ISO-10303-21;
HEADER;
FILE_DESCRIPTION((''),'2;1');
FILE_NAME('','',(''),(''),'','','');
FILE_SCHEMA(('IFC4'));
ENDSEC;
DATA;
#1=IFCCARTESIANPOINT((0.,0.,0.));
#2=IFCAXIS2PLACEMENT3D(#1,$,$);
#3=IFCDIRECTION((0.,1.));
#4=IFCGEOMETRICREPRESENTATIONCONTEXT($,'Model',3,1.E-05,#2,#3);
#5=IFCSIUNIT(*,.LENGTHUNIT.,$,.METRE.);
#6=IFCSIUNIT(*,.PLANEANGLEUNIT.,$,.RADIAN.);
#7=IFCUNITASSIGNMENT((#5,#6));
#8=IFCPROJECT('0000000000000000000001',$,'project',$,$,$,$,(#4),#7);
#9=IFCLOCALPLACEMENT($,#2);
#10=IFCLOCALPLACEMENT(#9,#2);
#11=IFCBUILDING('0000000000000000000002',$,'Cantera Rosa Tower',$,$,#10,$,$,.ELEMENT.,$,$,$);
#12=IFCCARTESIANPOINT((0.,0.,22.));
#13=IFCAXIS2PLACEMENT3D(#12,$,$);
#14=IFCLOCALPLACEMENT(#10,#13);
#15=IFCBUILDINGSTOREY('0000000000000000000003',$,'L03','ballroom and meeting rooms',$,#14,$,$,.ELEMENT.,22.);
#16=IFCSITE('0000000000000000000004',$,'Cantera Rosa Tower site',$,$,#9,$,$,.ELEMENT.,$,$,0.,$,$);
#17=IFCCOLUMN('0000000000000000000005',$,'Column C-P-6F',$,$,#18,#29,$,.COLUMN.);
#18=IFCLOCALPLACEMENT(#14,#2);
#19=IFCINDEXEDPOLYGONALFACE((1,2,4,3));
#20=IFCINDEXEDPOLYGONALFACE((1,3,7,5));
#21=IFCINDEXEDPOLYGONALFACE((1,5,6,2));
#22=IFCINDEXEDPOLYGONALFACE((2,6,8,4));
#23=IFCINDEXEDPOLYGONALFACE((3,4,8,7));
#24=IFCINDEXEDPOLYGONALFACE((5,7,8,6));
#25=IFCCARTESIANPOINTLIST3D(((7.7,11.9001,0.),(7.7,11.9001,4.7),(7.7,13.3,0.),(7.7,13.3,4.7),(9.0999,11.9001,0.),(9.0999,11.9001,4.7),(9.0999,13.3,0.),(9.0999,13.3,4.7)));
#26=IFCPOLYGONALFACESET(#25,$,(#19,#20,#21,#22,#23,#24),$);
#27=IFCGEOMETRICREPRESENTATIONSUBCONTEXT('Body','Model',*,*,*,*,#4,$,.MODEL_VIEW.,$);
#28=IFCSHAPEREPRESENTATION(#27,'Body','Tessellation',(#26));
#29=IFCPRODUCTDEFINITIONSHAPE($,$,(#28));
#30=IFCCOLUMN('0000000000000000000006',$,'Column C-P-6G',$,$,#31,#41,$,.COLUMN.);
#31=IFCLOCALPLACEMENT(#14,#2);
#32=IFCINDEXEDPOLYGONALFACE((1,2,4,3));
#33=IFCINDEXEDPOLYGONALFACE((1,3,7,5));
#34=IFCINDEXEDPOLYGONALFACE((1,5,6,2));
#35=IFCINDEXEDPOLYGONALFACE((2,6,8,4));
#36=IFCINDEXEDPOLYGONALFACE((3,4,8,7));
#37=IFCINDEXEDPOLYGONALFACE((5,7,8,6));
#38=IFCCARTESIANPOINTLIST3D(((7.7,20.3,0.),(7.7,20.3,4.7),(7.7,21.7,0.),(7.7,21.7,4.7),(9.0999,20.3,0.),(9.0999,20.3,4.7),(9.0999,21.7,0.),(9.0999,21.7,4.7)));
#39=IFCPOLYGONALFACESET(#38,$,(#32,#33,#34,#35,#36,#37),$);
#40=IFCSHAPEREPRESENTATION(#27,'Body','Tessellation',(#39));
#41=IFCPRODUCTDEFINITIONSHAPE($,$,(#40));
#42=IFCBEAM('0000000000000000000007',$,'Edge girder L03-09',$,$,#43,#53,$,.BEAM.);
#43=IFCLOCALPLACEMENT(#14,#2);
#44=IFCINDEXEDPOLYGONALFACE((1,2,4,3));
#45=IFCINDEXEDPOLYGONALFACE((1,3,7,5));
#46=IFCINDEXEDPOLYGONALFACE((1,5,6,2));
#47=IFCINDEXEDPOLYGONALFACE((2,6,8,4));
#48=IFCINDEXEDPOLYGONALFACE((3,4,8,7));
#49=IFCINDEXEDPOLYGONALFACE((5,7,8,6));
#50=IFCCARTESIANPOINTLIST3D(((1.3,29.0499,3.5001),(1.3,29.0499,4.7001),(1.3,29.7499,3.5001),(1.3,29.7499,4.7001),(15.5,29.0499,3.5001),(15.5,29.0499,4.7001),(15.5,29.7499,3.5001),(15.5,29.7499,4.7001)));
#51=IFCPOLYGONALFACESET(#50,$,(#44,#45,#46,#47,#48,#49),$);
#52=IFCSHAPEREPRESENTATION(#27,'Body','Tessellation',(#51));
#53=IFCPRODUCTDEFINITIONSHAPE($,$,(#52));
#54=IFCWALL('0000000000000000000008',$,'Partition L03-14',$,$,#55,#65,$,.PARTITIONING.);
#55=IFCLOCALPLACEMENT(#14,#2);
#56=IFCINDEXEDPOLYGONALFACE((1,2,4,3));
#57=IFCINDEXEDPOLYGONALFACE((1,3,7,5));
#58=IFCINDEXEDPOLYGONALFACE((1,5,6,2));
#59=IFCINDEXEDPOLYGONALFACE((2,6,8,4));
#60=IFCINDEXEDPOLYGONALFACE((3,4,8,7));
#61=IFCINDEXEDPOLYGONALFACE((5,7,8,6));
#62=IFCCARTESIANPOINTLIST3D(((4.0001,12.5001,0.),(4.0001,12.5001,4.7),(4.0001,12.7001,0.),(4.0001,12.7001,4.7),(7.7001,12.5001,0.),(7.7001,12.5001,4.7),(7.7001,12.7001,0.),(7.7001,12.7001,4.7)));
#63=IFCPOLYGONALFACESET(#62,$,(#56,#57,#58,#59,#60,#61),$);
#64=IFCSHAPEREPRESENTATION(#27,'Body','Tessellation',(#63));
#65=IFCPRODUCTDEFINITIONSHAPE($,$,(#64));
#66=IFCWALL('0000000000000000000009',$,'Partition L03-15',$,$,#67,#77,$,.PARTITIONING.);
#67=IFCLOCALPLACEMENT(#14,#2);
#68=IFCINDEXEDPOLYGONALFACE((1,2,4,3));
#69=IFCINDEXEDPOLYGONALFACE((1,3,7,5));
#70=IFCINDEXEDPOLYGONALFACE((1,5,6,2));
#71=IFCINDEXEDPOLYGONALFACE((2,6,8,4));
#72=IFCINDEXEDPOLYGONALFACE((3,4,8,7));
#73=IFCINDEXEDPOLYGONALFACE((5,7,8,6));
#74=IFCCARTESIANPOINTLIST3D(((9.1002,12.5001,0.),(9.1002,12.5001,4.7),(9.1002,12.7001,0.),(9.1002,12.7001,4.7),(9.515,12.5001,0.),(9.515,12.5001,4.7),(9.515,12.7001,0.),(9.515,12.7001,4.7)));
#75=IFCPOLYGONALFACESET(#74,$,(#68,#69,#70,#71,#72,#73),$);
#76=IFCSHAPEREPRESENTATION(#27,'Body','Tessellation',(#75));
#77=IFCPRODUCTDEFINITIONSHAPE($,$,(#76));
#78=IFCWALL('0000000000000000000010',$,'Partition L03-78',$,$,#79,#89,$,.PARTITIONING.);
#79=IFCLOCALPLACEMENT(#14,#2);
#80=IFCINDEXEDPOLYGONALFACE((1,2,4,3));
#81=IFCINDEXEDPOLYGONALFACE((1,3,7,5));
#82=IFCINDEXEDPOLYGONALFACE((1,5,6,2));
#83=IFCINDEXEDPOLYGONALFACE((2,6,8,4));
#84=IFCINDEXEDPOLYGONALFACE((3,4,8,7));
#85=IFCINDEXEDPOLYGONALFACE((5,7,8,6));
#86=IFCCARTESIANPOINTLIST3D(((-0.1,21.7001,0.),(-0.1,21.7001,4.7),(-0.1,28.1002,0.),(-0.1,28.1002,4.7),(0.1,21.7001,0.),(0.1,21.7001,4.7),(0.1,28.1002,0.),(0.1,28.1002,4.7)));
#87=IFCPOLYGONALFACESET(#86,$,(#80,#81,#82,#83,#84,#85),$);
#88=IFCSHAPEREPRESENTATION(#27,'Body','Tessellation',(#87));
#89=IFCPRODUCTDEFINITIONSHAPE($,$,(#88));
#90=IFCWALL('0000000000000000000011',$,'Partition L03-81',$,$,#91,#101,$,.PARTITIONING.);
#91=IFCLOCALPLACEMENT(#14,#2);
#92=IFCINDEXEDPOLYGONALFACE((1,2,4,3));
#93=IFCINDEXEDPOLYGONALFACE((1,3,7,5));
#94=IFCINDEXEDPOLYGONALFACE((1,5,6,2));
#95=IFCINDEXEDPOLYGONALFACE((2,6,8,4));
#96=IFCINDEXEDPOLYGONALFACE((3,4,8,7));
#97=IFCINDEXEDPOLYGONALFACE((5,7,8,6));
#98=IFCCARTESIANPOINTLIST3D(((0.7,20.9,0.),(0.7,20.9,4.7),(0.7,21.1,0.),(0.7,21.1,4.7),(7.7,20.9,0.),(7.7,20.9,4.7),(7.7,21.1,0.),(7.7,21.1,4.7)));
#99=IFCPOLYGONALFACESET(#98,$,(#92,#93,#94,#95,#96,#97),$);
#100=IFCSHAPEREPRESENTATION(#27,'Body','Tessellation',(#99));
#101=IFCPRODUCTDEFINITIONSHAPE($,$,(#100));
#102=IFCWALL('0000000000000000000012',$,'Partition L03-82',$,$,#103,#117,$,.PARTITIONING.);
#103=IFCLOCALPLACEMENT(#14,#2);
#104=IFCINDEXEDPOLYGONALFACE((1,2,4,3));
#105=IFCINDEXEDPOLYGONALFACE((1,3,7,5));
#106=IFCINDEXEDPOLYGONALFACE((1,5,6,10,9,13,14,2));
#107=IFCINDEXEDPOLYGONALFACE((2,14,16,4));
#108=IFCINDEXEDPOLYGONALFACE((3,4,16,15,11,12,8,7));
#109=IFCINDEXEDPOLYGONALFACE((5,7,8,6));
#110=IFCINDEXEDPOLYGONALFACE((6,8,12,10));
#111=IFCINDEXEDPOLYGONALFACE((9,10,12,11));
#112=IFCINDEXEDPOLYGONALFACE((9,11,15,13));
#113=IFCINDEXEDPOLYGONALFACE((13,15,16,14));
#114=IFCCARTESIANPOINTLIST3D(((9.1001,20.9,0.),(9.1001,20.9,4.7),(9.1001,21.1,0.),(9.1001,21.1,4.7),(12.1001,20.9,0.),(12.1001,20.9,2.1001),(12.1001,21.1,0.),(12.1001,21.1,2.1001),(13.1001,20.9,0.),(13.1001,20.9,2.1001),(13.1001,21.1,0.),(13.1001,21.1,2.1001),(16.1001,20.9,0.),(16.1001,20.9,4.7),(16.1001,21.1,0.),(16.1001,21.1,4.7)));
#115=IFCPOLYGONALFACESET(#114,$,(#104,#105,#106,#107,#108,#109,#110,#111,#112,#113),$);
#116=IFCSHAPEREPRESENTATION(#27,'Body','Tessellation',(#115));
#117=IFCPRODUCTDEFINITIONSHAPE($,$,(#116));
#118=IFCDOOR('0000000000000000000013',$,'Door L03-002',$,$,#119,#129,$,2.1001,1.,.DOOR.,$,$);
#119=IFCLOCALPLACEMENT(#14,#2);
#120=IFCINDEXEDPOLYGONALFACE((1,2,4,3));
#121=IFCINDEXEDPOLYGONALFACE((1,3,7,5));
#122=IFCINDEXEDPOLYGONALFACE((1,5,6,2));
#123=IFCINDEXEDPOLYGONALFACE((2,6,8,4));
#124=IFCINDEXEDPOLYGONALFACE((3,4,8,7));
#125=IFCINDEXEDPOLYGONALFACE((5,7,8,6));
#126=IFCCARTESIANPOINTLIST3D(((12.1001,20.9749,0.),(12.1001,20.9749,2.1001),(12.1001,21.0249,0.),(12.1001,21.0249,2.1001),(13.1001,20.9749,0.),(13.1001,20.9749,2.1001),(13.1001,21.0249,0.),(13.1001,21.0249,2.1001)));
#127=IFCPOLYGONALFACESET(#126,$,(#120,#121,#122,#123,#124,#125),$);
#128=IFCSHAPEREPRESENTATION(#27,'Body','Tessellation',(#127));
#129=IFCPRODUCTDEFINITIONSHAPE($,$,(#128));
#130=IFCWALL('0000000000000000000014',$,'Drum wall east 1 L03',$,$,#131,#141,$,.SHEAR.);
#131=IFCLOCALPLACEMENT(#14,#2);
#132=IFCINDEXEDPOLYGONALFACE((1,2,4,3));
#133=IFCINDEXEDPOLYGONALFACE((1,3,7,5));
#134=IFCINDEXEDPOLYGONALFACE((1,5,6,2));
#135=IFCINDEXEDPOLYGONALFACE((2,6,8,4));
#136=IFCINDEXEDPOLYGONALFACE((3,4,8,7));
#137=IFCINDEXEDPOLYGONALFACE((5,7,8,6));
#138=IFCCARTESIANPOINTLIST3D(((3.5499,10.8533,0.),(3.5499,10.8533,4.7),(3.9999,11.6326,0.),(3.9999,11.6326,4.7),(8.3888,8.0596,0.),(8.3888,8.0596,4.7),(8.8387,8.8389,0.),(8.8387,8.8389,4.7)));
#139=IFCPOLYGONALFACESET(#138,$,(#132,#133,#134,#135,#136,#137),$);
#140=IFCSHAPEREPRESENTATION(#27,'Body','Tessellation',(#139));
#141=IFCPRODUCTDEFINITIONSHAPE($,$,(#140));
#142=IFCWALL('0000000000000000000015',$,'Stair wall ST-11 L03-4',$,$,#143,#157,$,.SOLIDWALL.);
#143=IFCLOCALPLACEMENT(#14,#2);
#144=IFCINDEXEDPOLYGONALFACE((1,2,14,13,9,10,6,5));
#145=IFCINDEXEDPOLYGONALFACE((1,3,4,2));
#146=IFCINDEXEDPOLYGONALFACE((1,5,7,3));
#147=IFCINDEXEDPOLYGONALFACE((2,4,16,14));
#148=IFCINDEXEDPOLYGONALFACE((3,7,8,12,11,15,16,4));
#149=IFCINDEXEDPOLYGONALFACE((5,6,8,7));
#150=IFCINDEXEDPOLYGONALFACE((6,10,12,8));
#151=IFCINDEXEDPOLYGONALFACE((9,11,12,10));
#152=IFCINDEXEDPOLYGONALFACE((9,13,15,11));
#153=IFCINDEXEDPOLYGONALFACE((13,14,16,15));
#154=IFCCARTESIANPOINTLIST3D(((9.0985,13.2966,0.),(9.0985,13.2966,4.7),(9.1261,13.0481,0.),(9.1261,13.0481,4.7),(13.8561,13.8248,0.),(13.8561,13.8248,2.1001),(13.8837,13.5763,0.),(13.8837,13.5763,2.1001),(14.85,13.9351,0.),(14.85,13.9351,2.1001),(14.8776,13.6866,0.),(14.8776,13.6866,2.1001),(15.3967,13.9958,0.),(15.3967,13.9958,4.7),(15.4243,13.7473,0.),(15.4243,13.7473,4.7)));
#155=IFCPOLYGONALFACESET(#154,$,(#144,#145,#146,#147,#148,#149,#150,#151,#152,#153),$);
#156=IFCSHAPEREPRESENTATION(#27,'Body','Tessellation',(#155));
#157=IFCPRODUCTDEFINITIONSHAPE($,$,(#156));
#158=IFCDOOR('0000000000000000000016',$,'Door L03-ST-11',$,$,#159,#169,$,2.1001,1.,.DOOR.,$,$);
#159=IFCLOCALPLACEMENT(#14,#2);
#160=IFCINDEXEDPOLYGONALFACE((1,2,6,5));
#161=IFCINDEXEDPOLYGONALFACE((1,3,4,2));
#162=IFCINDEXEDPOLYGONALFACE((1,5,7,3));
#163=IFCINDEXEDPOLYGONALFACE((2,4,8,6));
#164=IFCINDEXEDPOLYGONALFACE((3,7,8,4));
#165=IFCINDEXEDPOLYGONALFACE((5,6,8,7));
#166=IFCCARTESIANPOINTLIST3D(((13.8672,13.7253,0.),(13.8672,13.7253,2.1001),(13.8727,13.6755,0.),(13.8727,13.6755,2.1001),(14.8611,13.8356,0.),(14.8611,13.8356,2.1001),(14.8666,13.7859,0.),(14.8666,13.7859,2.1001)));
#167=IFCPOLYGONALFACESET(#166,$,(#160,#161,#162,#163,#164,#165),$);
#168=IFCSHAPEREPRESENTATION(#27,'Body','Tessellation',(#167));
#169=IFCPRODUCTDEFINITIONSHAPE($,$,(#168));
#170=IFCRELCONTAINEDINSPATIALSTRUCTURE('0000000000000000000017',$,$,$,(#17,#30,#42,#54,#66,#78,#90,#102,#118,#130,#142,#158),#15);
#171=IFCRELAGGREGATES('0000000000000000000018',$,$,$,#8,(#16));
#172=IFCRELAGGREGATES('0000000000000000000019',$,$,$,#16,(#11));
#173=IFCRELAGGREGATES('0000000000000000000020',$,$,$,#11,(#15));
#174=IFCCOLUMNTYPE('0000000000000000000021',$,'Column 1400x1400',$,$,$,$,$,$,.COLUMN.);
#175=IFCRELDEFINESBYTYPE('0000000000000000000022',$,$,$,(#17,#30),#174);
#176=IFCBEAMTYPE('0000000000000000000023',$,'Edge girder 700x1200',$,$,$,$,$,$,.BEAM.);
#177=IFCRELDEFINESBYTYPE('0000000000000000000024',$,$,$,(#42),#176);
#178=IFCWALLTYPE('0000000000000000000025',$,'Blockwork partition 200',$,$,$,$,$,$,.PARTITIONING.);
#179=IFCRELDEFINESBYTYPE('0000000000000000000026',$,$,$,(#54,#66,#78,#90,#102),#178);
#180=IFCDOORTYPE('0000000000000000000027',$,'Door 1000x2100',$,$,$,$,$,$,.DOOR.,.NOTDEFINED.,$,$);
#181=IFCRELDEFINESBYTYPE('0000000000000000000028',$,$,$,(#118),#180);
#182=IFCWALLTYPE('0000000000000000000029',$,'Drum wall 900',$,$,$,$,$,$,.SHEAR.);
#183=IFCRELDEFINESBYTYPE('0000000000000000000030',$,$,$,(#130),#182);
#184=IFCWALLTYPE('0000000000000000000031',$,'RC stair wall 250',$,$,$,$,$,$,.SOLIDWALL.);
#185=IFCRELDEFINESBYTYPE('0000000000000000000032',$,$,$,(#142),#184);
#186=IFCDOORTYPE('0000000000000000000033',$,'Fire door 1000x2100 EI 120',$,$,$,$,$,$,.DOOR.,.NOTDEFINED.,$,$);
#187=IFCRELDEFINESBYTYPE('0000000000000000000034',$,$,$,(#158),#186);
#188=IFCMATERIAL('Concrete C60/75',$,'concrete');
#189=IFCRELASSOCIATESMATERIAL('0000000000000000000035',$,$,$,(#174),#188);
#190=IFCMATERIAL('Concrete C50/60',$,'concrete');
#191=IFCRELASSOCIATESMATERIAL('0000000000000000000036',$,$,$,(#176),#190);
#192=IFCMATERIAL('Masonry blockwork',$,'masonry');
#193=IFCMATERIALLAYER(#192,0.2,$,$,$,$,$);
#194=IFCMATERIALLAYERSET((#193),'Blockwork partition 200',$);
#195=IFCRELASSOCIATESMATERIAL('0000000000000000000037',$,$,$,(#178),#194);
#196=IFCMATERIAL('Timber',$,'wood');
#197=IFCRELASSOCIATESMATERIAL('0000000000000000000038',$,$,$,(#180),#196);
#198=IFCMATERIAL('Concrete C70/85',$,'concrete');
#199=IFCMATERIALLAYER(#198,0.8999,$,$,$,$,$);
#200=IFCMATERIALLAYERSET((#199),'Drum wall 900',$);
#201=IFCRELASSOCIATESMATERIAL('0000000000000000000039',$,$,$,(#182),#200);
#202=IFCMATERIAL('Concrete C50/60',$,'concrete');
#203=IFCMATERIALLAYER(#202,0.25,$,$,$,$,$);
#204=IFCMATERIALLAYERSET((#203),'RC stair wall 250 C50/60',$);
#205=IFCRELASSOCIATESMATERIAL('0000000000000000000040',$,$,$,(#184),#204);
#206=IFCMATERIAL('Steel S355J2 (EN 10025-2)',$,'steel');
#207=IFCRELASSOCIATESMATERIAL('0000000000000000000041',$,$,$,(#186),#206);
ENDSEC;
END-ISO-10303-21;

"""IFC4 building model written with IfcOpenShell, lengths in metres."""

from ifc_helpers import new_model, si_unit, direction, frame, frame_2d, origin, origin_2d, place, context, subcontext, project, spatial, rectangle, extrude, material, layer, layer_set, material_profile, profile_set, type_object, element, fill, save


model = new_model("IFC4")

# Units and contexts
model_context = context("Model", 3, precision=1e-05, world=origin(), true_north=direction((0.0, 1.0)))
body_context = subcontext(model_context, "Body", "Model", "MODEL_VIEW")
ifc_project = project(units=[si_unit("LENGTHUNIT", "METRE"), si_unit("PLANEANGLEUNIT", "RADIAN")], contexts=[model_context])

# Site, building, storey
site_placement = place(None, origin())
site = spatial("IfcSite", under=ifc_project, at=site_placement, Name="Cantera Rosa Tower site", CompositionType="ELEMENT", RefElevation=0.0)
building_placement = place(site_placement, origin())
building = spatial("IfcBuilding", under=site, at=building_placement, Name="Cantera Rosa Tower", CompositionType="ELEMENT")
storey_placement = place(building_placement, frame((0.0, 0.0, 22.0)))
storey = spatial("IfcBuildingStorey", under=building, at=storey_placement, Name="L03", Description="ballroom and meeting rooms", CompositionType="ELEMENT", Elevation=22.0)

# Columns
ifc_material_1 = material(Name="Concrete C60/75", Category="concrete")
ifc_material_profile_1 = material_profile(ifc_material_1, rectangle(XDim=1.3999, YDim=1.3999, at=origin_2d()), Name="Column 1400x1400")
ifc_profile_set_1 = profile_set([ifc_material_profile_1], Name="Concrete C60/75")
column_type = type_object("IfcColumnType", Name="Column 1400x1400", PredefinedType="COLUMN", material=ifc_profile_set_1)
for number, where, z_axis, x_axis, name in (
    (1, (8.3999, 12.6001, 0.0), (0.0, 0.0, 1.0), (1.0, 0.0, 0.0), "Column C-P-6F"),
    (2, (8.3999, 21.0, 0.0), (0.0, 0.0, 1.0), (1.0, 0.0, 0.0), "Column C-P-6G"),
):
    element("IfcColumn", number, at=place(storey_placement, frame(where, z_axis=z_axis, x_axis=x_axis)), inside=storey, type_object=column_type, Name=name, PredefinedType="COLUMN", context=body_context, shape_type="SweptSolid", body=[
        extrude(rectangle(XDim=1.3999, YDim=1.3999, at=origin_2d()), origin(), (0.0, 0.0, 1.0), 4.7),
    ])

# Beam
ifc_material_2 = material(Name="Concrete C50/60", Category="concrete")
ifc_material_profile_2 = material_profile(ifc_material_2, rectangle(XDim=0.7, YDim=1.2, at=origin_2d()), Name="Edge girder 700x1200")
ifc_profile_set_2 = profile_set([ifc_material_profile_2], Name="Concrete C50/60")
beam_type = type_object("IfcBeamType", Name="Edge girder 700x1200", PredefinedType="BEAM", material=ifc_profile_set_2)
beam_placement = place(storey_placement, frame((1.3, 29.3999, 4.1001), z_axis=(1.0, 0.0, 0.0), x_axis=(0.0, 1.0, 0.0)))
element("IfcBeam", 3, at=beam_placement, inside=storey, type_object=beam_type, Name="Edge girder L03-09", PredefinedType="BEAM", context=body_context, shape_type="SweptSolid", body=[
    extrude(rectangle(XDim=0.7, YDim=1.2, at=origin_2d()), origin(), (0.0, 0.0, 1.0), 14.2),
])

# Walls
ifc_material_3 = material(Name="Masonry blockwork", Category="masonry")
ifc_layer_1 = layer(ifc_material_3, 0.2)
ifc_layer_set_1 = layer_set([ifc_layer_1], Name="Blockwork partition 200")
wall_type_1 = type_object("IfcWallType", Name="Blockwork partition 200", PredefinedType="PARTITIONING", material=ifc_layer_set_1)
wall_1_placement = place(storey_placement, frame((4.0, 12.6001, 0.0), z_axis=(0.0, 0.0, 1.0), x_axis=(1.0, 0.0, 0.0)))
element("IfcWall", 4, at=wall_1_placement, inside=storey, type_object=wall_type_1, Name="Partition L03-14", PredefinedType="PARTITIONING", context=body_context, shape_type="SweptSolid", body=[
    extrude(rectangle(XDim=3.7, YDim=0.2, at=frame_2d((1.8501, 0.0))), origin(), (0.0, 0.0, 1.0), 4.7),
])
wall_2_placement = place(storey_placement, frame((9.1001, 12.6001, 0.0), z_axis=(0.0, 0.0, 1.0), x_axis=(1.0, 0.0, 0.0)))
element("IfcWall", 5, at=wall_2_placement, inside=storey, type_object=wall_type_1, Name="Partition L03-15", PredefinedType="PARTITIONING", context=body_context, shape_type="SweptSolid", body=[
    extrude(rectangle(XDim=0.4148, YDim=0.2, at=frame_2d((0.2075, 0.0))), origin(), (0.0, 0.0, 1.0), 4.7),
])
wall_3_placement = place(storey_placement, frame((0.0, 21.7, 0.0), z_axis=(0.0, 0.0, 1.0), x_axis=(0.0, 1.0, 0.0)))
element("IfcWall", 6, at=wall_3_placement, inside=storey, type_object=wall_type_1, Name="Partition L03-78", PredefinedType="PARTITIONING", context=body_context, shape_type="SweptSolid", body=[
    extrude(rectangle(XDim=6.4001, YDim=0.2, at=frame_2d((3.2002, 0.0))), origin(), (0.0, 0.0, 1.0), 4.7),
])
wall_4_placement = place(storey_placement, frame((0.7, 21.0, 0.0), z_axis=(0.0, 0.0, 1.0), x_axis=(1.0, 0.0, 0.0)))
element("IfcWall", 7, at=wall_4_placement, inside=storey, type_object=wall_type_1, Name="Partition L03-81", PredefinedType="PARTITIONING", context=body_context, shape_type="SweptSolid", body=[
    extrude(rectangle(XDim=7.0, YDim=0.2, at=frame_2d((3.5, 0.0))), origin(), (0.0, 0.0, 1.0), 4.7),
])

# Wall, opening, door
wall_5_placement = place(storey_placement, frame((9.1001, 21.0, 0.0), z_axis=(0.0, 0.0, 1.0), x_axis=(1.0, 0.0, 0.0)))
wall_5 = element("IfcWall", 8, at=wall_5_placement, inside=storey, type_object=wall_type_1, Name="Partition L03-82", PredefinedType="PARTITIONING", context=body_context, shape_type="SweptSolid", body=[
    extrude(rectangle(XDim=7.0, YDim=0.2, at=frame_2d((3.5, 0.0))), origin(), (0.0, 0.0, 1.0), 4.7),
])
opening_1_placement = place(wall_5_placement, frame((3.0, 0.0, 0.0)))
opening_1 = element("IfcOpeningElement", 9, at=opening_1_placement, cuts=wall_5, PredefinedType="OPENING", context=body_context, shape_type="SweptSolid", body=[
    extrude(rectangle(XDim=1.0, YDim=2.1001, at=frame_2d((0.5, 1.05))), frame((0.0, 0.1099, 0.0), z_axis=(0.0, -1.0, 0.0), x_axis=(1.0, 0.0, 0.0)), (0.0, 0.0, 1.0), 0.22),
])
ifc_material_4 = material(Name="Timber", Category="wood")
door_type_1 = type_object("IfcDoorType", Name="Door 1000x2100", OperationType="NOTDEFINED", PredefinedType="DOOR", material=ifc_material_4)
door_1_placement = place(opening_1_placement, origin())
door_1 = element("IfcDoor", 10, at=door_1_placement, inside=storey, type_object=door_type_1, Name="Door L03-002", OverallHeight=2.1001, OverallWidth=1.0, PredefinedType="DOOR", context=body_context, shape_type="SweptSolid", body=[
    extrude(rectangle(XDim=1.0, YDim=2.1001, at=frame_2d((0.5, 1.05))), frame((0.0, 0.0249, 0.0), z_axis=(0.0, -1.0, 0.0), x_axis=(1.0, 0.0, 0.0)), (0.0, 0.0, 1.0), 0.05),
])
fill(opening_1, door_1)

# Wall
ifc_material_5 = material(Name="Concrete C70/85", Category="concrete")
ifc_layer_2 = layer(ifc_material_5, 0.8999)
ifc_layer_set_2 = layer_set([ifc_layer_2], Name="Drum wall 900")
wall_type_2 = type_object("IfcWallType", Name="Drum wall 900", PredefinedType="SHEAR", material=ifc_layer_set_2)
wall_6_placement = place(storey_placement, frame((3.7749, 11.2429, 0.0), z_axis=(0.0, 0.0, 1.0), x_axis=(0.866027, -0.499997, 0.0)))
element("IfcWall", 11, at=wall_6_placement, inside=storey, type_object=wall_type_2, Name="Drum wall east 1 L03", PredefinedType="SHEAR", context=body_context, shape_type="SweptSolid", body=[
    extrude(rectangle(XDim=5.5874, YDim=0.8999, at=frame_2d((2.7937, 0.0))), origin(), (0.0, 0.0, 1.0), 4.7),
])

# Wall, opening, door
ifc_material_6 = material(Name="Concrete C50/60", Category="concrete")
ifc_layer_3 = layer(ifc_material_6, 0.25)
ifc_layer_set_3 = layer_set([ifc_layer_3], Name="RC stair wall 250 C50/60")
wall_type_3 = type_object("IfcWallType", Name="RC stair wall 250", PredefinedType="SOLIDWALL", material=ifc_layer_set_3)
wall_7_placement = place(storey_placement, frame((9.1123, 13.1724, 0.0), z_axis=(0.0, 0.0, 1.0), x_axis=(0.993894, 0.110338, 0.0)))
wall_7 = element("IfcWall", 12, at=wall_7_placement, inside=storey, type_object=wall_type_3, Name="Stair wall ST-11 L03-4", PredefinedType="SOLIDWALL", context=body_context, shape_type="SweptSolid", body=[
    extrude(rectangle(XDim=6.3369, YDim=0.25, at=frame_2d((3.1685, 0.0))), origin(), (0.0, 0.0, 1.0), 4.7),
])
opening_2_placement = place(wall_7_placement, frame((4.7869, 0.0, 0.0)))
opening_2 = element("IfcOpeningElement", 13, at=opening_2_placement, cuts=wall_7, PredefinedType="OPENING", context=body_context, shape_type="SweptSolid", body=[
    extrude(rectangle(XDim=1.0, YDim=2.1001, at=frame_2d((0.5, 1.05))), frame((0.0, 0.135, 0.0), z_axis=(0.0, -1.0, 0.0), x_axis=(1.0, 0.0, 0.0)), (0.0, 0.0, 1.0), 0.27),
])
ifc_material_7 = material(Name="Steel S355J2 (EN 10025-2)", Category="steel")
door_type_2 = type_object("IfcDoorType", Name="Fire door 1000x2100 EI 120", OperationType="NOTDEFINED", PredefinedType="DOOR", material=ifc_material_7)
door_2_placement = place(opening_2_placement, origin())
door_2 = element("IfcDoor", 14, at=door_2_placement, inside=storey, type_object=door_type_2, Name="Door L03-ST-11", OverallHeight=2.1001, OverallWidth=1.0, PredefinedType="DOOR", context=body_context, shape_type="SweptSolid", body=[
    extrude(rectangle(XDim=1.0, YDim=2.1001, at=frame_2d((0.5, 1.05))), frame((0.0, 0.0249, 0.0), z_axis=(0.0, -1.0, 0.0), x_axis=(1.0, 0.0, 0.0)), (0.0, 0.0, 1.0), 0.05),
])
fill(opening_2, door_2)

save(model, "model.ifc")
